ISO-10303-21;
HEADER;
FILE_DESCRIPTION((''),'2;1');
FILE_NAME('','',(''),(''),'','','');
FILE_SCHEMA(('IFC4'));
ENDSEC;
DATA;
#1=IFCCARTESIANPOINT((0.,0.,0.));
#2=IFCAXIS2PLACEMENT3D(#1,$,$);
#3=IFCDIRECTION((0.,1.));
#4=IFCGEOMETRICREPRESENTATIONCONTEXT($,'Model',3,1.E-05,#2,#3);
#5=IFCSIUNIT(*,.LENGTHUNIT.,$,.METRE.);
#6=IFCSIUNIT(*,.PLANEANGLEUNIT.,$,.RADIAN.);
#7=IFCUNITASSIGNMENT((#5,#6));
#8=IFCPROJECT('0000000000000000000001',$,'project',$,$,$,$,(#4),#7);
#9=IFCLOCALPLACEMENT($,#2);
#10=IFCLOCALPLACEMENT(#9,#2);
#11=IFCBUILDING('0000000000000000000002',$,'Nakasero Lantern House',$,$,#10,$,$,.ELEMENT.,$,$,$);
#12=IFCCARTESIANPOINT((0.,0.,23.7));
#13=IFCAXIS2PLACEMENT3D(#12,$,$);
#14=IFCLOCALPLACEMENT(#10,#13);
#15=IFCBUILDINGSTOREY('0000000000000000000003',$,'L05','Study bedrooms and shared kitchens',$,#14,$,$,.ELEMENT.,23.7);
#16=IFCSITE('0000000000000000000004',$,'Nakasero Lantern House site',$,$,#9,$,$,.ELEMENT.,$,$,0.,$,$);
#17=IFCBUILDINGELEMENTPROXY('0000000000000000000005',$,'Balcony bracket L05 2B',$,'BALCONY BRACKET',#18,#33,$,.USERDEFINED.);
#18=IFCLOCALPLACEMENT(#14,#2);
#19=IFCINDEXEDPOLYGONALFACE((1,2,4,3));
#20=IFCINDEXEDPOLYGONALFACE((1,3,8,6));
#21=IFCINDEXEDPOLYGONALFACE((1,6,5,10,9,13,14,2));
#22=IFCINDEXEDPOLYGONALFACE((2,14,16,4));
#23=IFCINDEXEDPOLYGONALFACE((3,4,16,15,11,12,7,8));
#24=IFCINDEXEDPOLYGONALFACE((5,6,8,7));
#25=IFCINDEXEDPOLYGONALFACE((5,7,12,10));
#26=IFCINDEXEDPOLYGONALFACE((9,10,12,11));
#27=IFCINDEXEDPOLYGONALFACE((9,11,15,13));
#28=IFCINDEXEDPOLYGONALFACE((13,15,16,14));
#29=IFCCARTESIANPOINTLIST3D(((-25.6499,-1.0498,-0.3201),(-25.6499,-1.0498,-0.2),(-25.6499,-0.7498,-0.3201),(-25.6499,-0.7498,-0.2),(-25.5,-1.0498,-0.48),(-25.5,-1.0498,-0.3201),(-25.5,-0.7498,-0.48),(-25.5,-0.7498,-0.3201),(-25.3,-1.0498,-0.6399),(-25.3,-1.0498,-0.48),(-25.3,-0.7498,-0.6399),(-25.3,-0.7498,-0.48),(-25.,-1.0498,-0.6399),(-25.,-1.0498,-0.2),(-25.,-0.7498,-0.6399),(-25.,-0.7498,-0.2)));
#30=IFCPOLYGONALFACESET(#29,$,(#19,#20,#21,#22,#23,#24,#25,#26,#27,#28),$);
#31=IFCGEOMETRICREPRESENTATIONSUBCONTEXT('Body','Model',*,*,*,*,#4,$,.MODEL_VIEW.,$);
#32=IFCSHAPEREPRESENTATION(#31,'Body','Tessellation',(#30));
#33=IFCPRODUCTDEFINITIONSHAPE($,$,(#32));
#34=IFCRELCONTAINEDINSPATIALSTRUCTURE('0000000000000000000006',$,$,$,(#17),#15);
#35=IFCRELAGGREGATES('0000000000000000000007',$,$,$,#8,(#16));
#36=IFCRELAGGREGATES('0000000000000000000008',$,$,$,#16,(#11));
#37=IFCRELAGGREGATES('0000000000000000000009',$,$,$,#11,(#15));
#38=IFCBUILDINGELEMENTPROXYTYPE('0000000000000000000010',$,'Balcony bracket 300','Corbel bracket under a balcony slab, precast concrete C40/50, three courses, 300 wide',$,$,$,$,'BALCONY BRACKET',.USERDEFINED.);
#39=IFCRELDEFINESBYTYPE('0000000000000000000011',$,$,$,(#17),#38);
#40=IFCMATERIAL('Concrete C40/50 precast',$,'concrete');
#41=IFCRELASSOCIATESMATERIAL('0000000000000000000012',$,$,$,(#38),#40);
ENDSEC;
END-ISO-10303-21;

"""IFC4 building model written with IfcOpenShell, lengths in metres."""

from ifc_helpers import new_model, si_unit, direction, frame, origin, place, context, subcontext, project, spatial, polyline, outline, extrude, material, type_object, element, save


model = new_model("IFC4")

# Units and contexts
model_context = context("Model", 3, precision=1e-05, world=origin(), true_north=direction((0.0, 1.0)))
body_context = subcontext(model_context, "Body", "Model", "MODEL_VIEW")
ifc_project = project(units=[si_unit("LENGTHUNIT", "METRE"), si_unit("PLANEANGLEUNIT", "RADIAN")], contexts=[model_context])

# Site, building, storey
site_placement = place(None, origin())
site = spatial("IfcSite", under=ifc_project, at=site_placement, Name="Nakasero Lantern House site", CompositionType="ELEMENT", RefElevation=0.0)
building_placement = place(site_placement, origin())
building = spatial("IfcBuilding", under=site, at=building_placement, Name="Nakasero Lantern House", CompositionType="ELEMENT")
storey_placement = place(building_placement, frame((0.0, 0.0, 23.7)))
storey = spatial("IfcBuildingStorey", under=building, at=storey_placement, Name="L05", Description="Study bedrooms and shared kitchens", CompositionType="ELEMENT", Elevation=23.7)

# Building element proxy
ifc_material_1 = material(Name="Concrete C40/50 precast", Category="concrete")
building_element_proxy_type = type_object("IfcBuildingElementProxyType", Name="Balcony bracket 300", Description="Corbel bracket under a balcony slab, precast concrete C40/50, three courses, 300 wide", ElementType="BALCONY BRACKET", PredefinedType="USERDEFINED", material=ifc_material_1)
proxy_placement = place(storey_placement, frame((-25.0, -0.8999, -0.2), z_axis=(0.0, 0.0, 1.0), x_axis=(-1.0, 0.0, 0.0)))
element("IfcBuildingElementProxy", 1, at=proxy_placement, inside=storey, type_object=building_element_proxy_type, Name="Balcony bracket L05 2B", ObjectType="BALCONY BRACKET", PredefinedType="USERDEFINED", context=body_context, shape_type="SweptSolid", body=[
    extrude(outline(polyline([(0.0, 0.0), (0.6499, 0.0), (0.6499, -0.1201), (0.5, -0.1201), (0.5, -0.28), (0.3, -0.28), (0.3, -0.4399), (0.0, -0.4399), (0.0, 0.0)])), frame((0.0, 0.1499, 0.0), z_axis=(0.0, -1.0, 0.0), x_axis=(1.0, 0.0, 0.0)), (0.0, 0.0, 1.0), 0.3),
])

save(model, "model.ifc")
